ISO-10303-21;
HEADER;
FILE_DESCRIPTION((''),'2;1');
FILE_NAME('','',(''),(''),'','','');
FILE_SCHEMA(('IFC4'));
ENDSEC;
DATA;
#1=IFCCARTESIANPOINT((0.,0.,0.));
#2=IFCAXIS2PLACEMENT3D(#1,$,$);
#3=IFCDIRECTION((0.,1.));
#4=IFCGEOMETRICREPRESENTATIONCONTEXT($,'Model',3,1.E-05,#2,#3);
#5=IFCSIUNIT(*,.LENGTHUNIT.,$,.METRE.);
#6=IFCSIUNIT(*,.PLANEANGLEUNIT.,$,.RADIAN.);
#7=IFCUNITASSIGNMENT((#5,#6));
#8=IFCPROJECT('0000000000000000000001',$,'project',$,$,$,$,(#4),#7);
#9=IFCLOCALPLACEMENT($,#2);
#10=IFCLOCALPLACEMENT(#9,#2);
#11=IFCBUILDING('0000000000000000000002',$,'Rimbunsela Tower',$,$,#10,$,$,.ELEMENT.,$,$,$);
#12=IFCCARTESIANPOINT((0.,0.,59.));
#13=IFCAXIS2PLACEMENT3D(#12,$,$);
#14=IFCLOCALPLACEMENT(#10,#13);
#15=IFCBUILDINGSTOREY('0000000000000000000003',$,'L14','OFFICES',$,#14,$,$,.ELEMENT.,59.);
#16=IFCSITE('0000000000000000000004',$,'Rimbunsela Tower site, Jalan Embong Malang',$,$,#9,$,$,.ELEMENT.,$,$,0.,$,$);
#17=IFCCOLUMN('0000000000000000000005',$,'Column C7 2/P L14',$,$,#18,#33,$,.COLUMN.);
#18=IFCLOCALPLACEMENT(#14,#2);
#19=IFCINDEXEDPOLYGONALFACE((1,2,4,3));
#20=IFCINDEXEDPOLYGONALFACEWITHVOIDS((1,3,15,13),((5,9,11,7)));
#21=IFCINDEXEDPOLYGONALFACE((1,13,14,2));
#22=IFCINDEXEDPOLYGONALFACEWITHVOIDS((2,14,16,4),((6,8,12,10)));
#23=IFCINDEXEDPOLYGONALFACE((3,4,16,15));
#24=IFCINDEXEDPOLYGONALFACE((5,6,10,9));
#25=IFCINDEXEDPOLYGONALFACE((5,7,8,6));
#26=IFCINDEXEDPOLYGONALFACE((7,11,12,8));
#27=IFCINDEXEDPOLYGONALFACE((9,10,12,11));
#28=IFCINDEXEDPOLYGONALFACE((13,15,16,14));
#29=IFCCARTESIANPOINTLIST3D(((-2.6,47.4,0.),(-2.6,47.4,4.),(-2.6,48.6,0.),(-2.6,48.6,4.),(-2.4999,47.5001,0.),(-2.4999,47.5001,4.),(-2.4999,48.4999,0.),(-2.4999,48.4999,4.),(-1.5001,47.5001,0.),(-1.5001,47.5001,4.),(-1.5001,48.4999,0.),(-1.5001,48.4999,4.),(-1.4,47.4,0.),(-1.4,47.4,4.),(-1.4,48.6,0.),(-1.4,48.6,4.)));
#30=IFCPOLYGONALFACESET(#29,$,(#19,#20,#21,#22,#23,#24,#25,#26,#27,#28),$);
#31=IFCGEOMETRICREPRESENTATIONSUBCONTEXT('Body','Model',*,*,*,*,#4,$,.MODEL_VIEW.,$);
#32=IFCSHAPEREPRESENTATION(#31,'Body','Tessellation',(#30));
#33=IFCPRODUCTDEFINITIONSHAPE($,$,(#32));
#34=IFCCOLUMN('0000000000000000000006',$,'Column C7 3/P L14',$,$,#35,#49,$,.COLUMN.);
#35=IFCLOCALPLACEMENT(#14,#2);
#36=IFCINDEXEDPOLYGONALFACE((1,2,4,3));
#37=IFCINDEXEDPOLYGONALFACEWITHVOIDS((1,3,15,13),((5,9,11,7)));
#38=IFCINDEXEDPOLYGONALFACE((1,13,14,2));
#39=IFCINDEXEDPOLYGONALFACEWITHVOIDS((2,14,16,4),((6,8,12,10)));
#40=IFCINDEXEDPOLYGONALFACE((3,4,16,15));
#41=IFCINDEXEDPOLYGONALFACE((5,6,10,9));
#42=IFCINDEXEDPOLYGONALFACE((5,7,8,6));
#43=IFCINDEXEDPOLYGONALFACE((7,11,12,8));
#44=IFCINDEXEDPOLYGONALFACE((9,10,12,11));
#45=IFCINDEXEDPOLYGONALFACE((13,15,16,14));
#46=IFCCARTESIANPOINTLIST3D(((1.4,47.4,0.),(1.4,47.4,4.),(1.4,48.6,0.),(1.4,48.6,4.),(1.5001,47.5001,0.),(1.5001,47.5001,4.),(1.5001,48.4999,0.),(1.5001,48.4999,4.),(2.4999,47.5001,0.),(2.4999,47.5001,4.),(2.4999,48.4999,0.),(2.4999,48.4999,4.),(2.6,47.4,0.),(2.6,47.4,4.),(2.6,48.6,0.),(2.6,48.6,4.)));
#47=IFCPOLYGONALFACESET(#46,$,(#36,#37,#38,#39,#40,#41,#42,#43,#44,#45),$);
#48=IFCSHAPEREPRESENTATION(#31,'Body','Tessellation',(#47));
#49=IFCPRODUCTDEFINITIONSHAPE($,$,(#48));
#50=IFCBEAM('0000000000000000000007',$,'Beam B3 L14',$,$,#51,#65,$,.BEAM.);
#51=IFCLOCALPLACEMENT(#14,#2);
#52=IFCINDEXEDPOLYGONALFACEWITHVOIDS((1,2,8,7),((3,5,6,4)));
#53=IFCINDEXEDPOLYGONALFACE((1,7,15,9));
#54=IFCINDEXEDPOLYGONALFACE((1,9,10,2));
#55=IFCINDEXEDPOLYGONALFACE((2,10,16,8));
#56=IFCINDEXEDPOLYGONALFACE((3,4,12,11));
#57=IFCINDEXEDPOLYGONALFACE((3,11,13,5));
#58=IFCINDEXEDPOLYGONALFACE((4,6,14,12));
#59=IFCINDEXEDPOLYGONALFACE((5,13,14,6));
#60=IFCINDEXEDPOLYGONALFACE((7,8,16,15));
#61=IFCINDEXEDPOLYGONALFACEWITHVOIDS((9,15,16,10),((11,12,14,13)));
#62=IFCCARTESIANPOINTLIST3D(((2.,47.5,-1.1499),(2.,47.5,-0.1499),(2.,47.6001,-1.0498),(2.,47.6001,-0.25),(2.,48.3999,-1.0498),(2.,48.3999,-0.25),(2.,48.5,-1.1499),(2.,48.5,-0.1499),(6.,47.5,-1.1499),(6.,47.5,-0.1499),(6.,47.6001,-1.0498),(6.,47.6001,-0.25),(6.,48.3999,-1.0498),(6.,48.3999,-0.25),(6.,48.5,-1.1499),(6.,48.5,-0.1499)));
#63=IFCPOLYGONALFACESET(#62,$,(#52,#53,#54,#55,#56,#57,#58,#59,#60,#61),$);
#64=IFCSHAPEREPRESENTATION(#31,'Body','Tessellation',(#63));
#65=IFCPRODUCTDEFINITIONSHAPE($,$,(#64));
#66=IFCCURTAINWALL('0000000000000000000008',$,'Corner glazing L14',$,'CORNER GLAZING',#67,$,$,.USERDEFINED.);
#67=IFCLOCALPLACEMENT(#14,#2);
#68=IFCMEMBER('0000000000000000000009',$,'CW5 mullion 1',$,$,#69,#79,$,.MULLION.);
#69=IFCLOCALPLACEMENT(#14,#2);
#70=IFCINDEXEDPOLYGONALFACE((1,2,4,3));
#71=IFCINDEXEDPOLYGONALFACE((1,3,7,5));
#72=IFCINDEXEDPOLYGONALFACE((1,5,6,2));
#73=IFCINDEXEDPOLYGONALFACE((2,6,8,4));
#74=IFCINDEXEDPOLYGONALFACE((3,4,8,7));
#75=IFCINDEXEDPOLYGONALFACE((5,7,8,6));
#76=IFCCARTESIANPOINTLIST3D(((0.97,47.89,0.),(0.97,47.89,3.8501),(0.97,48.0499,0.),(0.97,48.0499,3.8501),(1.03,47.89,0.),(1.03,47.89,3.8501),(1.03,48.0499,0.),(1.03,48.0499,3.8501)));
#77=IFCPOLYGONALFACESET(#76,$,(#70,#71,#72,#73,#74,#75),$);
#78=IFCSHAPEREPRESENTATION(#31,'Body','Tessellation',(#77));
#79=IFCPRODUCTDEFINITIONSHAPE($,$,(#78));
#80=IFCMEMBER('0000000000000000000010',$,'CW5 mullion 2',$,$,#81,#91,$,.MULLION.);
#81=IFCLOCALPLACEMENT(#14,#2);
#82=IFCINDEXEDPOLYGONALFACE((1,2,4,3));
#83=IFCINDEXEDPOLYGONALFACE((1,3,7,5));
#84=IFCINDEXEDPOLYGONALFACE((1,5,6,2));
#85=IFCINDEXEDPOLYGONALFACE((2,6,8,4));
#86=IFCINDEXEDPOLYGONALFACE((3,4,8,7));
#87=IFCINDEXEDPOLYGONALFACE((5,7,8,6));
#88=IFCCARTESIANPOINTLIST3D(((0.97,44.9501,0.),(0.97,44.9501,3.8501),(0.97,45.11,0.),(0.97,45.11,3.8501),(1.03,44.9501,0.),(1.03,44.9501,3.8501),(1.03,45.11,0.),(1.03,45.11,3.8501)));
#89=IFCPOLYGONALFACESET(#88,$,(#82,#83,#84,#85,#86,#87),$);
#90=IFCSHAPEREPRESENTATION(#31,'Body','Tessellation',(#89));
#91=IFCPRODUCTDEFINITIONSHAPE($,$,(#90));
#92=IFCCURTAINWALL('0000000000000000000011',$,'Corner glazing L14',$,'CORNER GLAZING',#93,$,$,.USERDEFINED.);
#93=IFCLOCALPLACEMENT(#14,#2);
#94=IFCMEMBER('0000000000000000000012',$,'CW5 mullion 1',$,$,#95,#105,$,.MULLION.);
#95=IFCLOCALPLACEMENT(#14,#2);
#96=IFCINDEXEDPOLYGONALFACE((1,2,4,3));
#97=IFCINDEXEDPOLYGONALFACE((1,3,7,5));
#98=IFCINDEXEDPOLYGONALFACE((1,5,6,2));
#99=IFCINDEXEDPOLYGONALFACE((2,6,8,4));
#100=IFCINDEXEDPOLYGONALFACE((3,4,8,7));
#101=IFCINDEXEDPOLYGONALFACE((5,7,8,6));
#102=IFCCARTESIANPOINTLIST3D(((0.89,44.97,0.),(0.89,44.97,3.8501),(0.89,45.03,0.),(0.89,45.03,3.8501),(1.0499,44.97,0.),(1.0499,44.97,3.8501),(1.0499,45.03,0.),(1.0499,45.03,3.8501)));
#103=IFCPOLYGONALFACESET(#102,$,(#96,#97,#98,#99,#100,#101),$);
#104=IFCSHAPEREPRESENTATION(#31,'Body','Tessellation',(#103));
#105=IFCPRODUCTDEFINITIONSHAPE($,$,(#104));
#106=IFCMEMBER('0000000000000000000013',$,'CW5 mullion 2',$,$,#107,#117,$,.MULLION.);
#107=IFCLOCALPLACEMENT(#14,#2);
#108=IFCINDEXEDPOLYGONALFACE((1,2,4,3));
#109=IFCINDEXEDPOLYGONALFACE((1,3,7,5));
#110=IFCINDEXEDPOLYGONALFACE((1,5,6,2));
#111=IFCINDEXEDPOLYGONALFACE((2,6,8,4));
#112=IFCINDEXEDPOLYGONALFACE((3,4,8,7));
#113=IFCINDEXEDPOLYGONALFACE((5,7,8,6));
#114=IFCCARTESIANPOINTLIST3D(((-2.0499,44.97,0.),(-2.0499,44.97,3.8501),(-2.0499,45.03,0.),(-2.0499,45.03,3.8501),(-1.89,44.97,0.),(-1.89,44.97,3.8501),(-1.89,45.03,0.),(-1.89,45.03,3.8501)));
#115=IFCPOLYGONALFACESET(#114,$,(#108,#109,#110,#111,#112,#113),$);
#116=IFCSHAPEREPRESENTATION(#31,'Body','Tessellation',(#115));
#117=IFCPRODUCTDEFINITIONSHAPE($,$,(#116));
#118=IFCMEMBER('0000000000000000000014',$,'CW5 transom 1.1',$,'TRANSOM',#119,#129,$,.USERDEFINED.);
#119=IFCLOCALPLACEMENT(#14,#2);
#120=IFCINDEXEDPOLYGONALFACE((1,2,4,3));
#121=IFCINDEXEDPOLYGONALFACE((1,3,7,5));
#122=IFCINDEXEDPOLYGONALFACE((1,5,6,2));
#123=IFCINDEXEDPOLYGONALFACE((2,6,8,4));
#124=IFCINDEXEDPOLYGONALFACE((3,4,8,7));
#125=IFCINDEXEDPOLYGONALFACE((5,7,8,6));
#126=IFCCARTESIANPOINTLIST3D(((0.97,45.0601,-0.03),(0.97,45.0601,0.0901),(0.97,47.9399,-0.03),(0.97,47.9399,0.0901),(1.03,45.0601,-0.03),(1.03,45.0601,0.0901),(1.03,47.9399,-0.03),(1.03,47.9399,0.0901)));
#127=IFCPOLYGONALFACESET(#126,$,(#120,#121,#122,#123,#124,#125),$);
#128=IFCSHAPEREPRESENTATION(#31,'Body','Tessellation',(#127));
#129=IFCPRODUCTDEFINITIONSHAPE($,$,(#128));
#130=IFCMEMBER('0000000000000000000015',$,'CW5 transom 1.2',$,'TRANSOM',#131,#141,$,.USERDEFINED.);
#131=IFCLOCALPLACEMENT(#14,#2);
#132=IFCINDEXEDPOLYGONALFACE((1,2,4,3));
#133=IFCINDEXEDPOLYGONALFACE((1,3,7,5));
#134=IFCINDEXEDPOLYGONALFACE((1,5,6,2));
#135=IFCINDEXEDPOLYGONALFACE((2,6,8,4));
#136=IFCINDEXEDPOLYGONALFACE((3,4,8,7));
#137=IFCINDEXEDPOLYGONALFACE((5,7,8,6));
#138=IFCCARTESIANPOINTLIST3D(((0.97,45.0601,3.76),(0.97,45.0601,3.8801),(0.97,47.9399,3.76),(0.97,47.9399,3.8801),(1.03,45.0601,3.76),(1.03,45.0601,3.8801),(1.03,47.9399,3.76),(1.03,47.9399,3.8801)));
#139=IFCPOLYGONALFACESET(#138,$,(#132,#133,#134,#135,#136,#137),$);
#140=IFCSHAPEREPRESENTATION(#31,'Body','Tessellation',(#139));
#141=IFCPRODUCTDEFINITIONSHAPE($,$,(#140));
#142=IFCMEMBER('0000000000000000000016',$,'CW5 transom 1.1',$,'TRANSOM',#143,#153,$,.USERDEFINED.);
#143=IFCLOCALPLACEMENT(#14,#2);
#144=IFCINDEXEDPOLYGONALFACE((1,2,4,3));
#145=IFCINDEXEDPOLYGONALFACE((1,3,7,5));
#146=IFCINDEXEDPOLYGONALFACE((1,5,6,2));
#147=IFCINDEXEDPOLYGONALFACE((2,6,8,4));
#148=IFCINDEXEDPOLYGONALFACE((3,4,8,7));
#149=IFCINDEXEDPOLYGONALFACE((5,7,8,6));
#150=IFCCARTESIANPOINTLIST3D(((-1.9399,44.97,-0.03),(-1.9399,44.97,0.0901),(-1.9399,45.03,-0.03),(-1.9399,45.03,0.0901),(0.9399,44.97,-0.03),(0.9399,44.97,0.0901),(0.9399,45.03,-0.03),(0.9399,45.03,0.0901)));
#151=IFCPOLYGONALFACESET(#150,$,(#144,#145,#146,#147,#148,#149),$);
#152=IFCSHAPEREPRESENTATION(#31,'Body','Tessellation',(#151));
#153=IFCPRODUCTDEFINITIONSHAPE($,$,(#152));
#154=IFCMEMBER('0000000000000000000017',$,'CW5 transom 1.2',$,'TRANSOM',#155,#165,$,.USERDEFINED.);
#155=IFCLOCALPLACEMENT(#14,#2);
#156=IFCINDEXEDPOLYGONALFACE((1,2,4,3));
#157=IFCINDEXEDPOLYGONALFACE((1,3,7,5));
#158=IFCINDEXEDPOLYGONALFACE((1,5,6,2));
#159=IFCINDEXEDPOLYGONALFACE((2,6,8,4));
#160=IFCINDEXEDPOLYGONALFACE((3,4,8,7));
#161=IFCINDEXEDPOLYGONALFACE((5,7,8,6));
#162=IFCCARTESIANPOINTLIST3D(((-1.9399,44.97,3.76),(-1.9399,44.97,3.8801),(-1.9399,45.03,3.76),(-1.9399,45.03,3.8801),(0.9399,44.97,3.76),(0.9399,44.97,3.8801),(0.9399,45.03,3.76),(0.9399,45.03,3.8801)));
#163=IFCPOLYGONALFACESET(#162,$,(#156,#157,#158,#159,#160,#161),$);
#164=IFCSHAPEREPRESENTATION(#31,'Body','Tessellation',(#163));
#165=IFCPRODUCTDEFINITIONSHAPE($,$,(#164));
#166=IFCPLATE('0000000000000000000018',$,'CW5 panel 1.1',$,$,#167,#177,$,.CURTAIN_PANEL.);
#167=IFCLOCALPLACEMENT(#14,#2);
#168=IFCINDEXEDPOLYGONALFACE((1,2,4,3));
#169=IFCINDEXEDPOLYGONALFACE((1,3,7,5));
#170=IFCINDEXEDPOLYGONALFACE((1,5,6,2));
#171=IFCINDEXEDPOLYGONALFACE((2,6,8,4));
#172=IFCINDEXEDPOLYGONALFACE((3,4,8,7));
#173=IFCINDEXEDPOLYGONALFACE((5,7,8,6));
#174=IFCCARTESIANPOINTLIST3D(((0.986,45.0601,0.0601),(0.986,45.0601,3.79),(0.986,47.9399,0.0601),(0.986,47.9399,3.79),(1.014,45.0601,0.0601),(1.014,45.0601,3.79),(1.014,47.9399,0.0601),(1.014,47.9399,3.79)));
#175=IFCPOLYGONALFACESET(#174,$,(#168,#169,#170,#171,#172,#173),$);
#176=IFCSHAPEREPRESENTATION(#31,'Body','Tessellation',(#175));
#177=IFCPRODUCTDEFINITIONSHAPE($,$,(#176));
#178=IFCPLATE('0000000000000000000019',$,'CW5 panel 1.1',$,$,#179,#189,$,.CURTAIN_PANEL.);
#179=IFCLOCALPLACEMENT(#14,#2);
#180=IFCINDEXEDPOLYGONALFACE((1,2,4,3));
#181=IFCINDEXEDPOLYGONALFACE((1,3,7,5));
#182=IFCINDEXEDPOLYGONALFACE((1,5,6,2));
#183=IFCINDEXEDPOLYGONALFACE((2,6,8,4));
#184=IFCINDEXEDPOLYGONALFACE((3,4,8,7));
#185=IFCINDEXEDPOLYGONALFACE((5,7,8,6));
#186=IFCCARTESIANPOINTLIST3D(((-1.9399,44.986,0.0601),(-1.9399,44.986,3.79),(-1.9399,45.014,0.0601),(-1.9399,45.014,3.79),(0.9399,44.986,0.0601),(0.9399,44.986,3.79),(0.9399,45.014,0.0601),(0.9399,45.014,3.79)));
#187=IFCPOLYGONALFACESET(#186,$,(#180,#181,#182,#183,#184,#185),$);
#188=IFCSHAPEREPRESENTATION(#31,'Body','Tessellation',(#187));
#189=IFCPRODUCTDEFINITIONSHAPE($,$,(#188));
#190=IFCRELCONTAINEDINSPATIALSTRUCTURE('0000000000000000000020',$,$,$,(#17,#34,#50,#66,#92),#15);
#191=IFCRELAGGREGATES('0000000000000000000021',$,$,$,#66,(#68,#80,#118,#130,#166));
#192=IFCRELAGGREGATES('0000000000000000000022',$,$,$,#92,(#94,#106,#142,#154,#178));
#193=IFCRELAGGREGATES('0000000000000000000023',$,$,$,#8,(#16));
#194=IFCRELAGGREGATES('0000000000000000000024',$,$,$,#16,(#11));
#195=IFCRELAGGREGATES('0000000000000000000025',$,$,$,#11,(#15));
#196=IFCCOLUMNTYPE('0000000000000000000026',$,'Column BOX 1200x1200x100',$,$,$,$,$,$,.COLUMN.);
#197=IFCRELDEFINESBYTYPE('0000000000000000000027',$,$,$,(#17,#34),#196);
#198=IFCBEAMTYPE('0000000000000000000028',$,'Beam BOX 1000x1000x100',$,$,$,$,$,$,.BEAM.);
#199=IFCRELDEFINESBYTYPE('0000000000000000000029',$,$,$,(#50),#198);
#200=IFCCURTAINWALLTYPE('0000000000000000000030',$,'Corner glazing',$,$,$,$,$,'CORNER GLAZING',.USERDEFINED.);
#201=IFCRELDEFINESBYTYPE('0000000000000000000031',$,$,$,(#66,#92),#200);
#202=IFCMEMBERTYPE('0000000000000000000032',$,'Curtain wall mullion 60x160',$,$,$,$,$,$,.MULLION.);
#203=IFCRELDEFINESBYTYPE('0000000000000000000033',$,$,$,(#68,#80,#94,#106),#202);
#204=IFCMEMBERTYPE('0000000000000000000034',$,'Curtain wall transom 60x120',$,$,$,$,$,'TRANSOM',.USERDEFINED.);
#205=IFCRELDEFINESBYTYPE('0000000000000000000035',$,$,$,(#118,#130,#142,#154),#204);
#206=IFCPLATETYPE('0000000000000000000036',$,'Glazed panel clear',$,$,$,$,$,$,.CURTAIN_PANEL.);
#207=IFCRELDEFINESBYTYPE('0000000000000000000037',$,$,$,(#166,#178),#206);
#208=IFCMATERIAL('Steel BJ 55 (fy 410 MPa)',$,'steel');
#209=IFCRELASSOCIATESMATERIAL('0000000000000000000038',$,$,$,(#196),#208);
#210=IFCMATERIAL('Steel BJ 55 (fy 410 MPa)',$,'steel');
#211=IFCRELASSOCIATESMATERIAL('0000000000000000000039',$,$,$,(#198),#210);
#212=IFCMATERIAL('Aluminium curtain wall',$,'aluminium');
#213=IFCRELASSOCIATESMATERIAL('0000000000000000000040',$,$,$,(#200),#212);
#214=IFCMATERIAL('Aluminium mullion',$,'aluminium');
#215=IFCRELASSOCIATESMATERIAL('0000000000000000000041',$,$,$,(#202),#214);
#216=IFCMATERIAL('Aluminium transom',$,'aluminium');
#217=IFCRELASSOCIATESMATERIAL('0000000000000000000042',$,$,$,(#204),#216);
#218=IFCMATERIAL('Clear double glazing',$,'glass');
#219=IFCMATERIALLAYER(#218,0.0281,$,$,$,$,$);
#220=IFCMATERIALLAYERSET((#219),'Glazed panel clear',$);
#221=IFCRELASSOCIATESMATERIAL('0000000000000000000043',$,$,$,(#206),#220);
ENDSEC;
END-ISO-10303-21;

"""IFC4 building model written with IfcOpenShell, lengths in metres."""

from ifc_helpers import new_model, si_unit, direction, frame, origin, origin_2d, place, context, subcontext, project, spatial, rectangle, hollow_rectangle, extrude, material, layer, layer_set, material_profile, profile_set, type_object, element, aggregate, save


model = new_model("IFC4")

# Units and contexts
model_context = context("Model", 3, precision=1e-05, world=origin(), true_north=direction((0.0, 1.0)))
body_context = subcontext(model_context, "Body", "Model", "MODEL_VIEW")
ifc_project = project(units=[si_unit("LENGTHUNIT", "METRE"), si_unit("PLANEANGLEUNIT", "RADIAN")], contexts=[model_context])

# Site, building, storey
site_placement = place(None, origin())
site = spatial("IfcSite", under=ifc_project, at=site_placement, Name="Rimbunsela Tower site, Jalan Embong Malang", CompositionType="ELEMENT", RefElevation=0.0)
building_placement = place(site_placement, origin())
building = spatial("IfcBuilding", under=site, at=building_placement, Name="Rimbunsela Tower", CompositionType="ELEMENT")
storey_placement = place(building_placement, frame((0.0, 0.0, 59.0)))
storey = spatial("IfcBuildingStorey", under=building, at=storey_placement, Name="L14", Description="OFFICES", CompositionType="ELEMENT", Elevation=59.0)

# Columns
ifc_material_1 = material(Name="Steel BJ 55 (fy 410 MPa)", Category="steel")
ifc_material_profile_1 = material_profile(ifc_material_1, hollow_rectangle(XDim=1.2, YDim=1.2, WallThickness=0.1001, at=origin_2d()), Name="BOX 1200x1200x100")
ifc_profile_set_1 = profile_set([ifc_material_profile_1], Name="Steel BJ 55 (fy 410 MPa)")
column_type = type_object("IfcColumnType", Name="Column BOX 1200x1200x100", PredefinedType="COLUMN", material=ifc_profile_set_1)
for number, where, z_axis, x_axis, name in (
    (1, (-2.0, 48.0, 0.0), (0.0, 0.0, 1.0), (1.0, 0.0, 0.0), "Column C7 2/P L14"),
    (2, (2.0, 48.0, 0.0), (0.0, 0.0, 1.0), (1.0, 0.0, 0.0), "Column C7 3/P L14"),
):
    element("IfcColumn", number, at=place(storey_placement, frame(where, z_axis=z_axis, x_axis=x_axis)), inside=storey, type_object=column_type, Name=name, PredefinedType="COLUMN", context=body_context, shape_type="SweptSolid", body=[
        extrude(hollow_rectangle(XDim=1.2, YDim=1.2, WallThickness=0.1001, at=origin_2d()), origin(), (0.0, 0.0, 1.0), 4.0),
    ])

# Beam
ifc_material_2 = material(Name="Steel BJ 55 (fy 410 MPa)", Category="steel")
ifc_material_profile_2 = material_profile(ifc_material_2, hollow_rectangle(XDim=1.0, YDim=1.0, WallThickness=0.1001, at=origin_2d()), Name="BOX 1000x1000x100")
ifc_profile_set_2 = profile_set([ifc_material_profile_2], Name="Steel BJ 55 (fy 410 MPa)")
beam_type = type_object("IfcBeamType", Name="Beam BOX 1000x1000x100", PredefinedType="BEAM", material=ifc_profile_set_2)
beam_placement = place(storey_placement, frame((2.0, 48.0, -0.6499), z_axis=(1.0, 0.0, 0.0), x_axis=(0.0, 1.0, 0.0)))
element("IfcBeam", 3, at=beam_placement, inside=storey, type_object=beam_type, Name="Beam B3 L14", PredefinedType="BEAM", context=body_context, shape_type="SweptSolid", body=[
    extrude(hollow_rectangle(XDim=1.0, YDim=1.0, WallThickness=0.1001, at=origin_2d()), origin(), (0.0, 0.0, 1.0), 4.0),
])

# Curtain walls, members
ifc_material_3 = material(Name="Aluminium curtain wall", Category="aluminium")
curtain_wall_type = type_object("IfcCurtainWallType", Name="Corner glazing", ElementType="CORNER GLAZING", PredefinedType="USERDEFINED", material=ifc_material_3)
curtain_wall_1_placement = place(storey_placement, origin())
curtain_wall_1 = element("IfcCurtainWall", 4, at=curtain_wall_1_placement, inside=storey, type_object=curtain_wall_type, Name="Corner glazing L14", ObjectType="CORNER GLAZING", PredefinedType="USERDEFINED")
ifc_material_4 = material(Name="Aluminium mullion", Category="aluminium")
ifc_material_profile_3 = material_profile(ifc_material_4, rectangle(XDim=0.0601, YDim=0.1599, at=origin_2d()), Name="Mullion 60x160")
ifc_profile_set_3 = profile_set([ifc_material_profile_3], Name="Aluminium mullion")
member_type_1 = type_object("IfcMemberType", Name="Curtain wall mullion 60x160", PredefinedType="MULLION", material=ifc_profile_set_3)
member_1_placement = place(storey_placement, frame((1.0, 47.97, 0.0), z_axis=(0.0, 0.0, 1.0), x_axis=(1.0, 0.0, 0.0)))
member_1 = element("IfcMember", 5, at=member_1_placement, type_object=member_type_1, Name="CW5 mullion 1", PredefinedType="MULLION", context=body_context, shape_type="SweptSolid", body=[
    extrude(rectangle(XDim=0.0601, YDim=0.1599, at=origin_2d()), origin(), (0.0, 0.0, 1.0), 3.8501),
])
member_2_placement = place(storey_placement, frame((1.0, 45.03, 0.0), z_axis=(0.0, 0.0, 1.0), x_axis=(1.0, 0.0, 0.0)))
member_2 = element("IfcMember", 6, at=member_2_placement, type_object=member_type_1, Name="CW5 mullion 2", PredefinedType="MULLION", context=body_context, shape_type="SweptSolid", body=[
    extrude(rectangle(XDim=0.0601, YDim=0.1599, at=origin_2d()), origin(), (0.0, 0.0, 1.0), 3.8501),
])
curtain_wall_2_placement = place(storey_placement, origin())
curtain_wall_2 = element("IfcCurtainWall", 7, at=curtain_wall_2_placement, inside=storey, type_object=curtain_wall_type, Name="Corner glazing L14", ObjectType="CORNER GLAZING", PredefinedType="USERDEFINED")
member_3_placement = place(storey_placement, frame((0.97, 45.0, 0.0), z_axis=(0.0, 0.0, 1.0), x_axis=(0.0, -1.0, 0.0)))
member_3 = element("IfcMember", 8, at=member_3_placement, type_object=member_type_1, Name="CW5 mullion 1", PredefinedType="MULLION", context=body_context, shape_type="SweptSolid", body=[
    extrude(rectangle(XDim=0.0601, YDim=0.1599, at=origin_2d()), origin(), (0.0, 0.0, 1.0), 3.8501),
])
member_4_placement = place(storey_placement, frame((-1.97, 45.0, 0.0), z_axis=(0.0, 0.0, 1.0), x_axis=(0.0, -1.0, 0.0)))
member_4 = element("IfcMember", 9, at=member_4_placement, type_object=member_type_1, Name="CW5 mullion 2", PredefinedType="MULLION", context=body_context, shape_type="SweptSolid", body=[
    extrude(rectangle(XDim=0.0601, YDim=0.1599, at=origin_2d()), origin(), (0.0, 0.0, 1.0), 3.8501),
])

# Members
ifc_material_5 = material(Name="Aluminium transom", Category="aluminium")
ifc_material_profile_4 = material_profile(ifc_material_5, rectangle(XDim=0.0601, YDim=0.1201, at=origin_2d()), Name="Transom 60x120")
ifc_profile_set_4 = profile_set([ifc_material_profile_4], Name="Aluminium transom")
member_type_2 = type_object("IfcMemberType", Name="Curtain wall transom 60x120", ElementType="TRANSOM", PredefinedType="USERDEFINED", material=ifc_profile_set_4)
member_5_placement = place(storey_placement, frame((1.0, 47.9399, 0.03), z_axis=(0.0, -1.0, 0.0), x_axis=(1.0, 0.0, 0.0)))
member_5 = element("IfcMember", 10, at=member_5_placement, type_object=member_type_2, Name="CW5 transom 1.1", ObjectType="TRANSOM", PredefinedType="USERDEFINED", context=body_context, shape_type="SweptSolid", body=[
    extrude(rectangle(XDim=0.0601, YDim=0.1201, at=origin_2d()), origin(), (0.0, 0.0, 1.0), 2.8799),
])
member_6_placement = place(storey_placement, frame((1.0, 47.9399, 3.8201), z_axis=(0.0, -1.0, 0.0), x_axis=(1.0, 0.0, 0.0)))
member_6 = element("IfcMember", 11, at=member_6_placement, type_object=member_type_2, Name="CW5 transom 1.2", ObjectType="TRANSOM", PredefinedType="USERDEFINED", context=body_context, shape_type="SweptSolid", body=[
    extrude(rectangle(XDim=0.0601, YDim=0.1201, at=origin_2d()), origin(), (0.0, 0.0, 1.0), 2.8799),
])
member_7_placement = place(storey_placement, frame((0.9399, 45.0, 0.03), z_axis=(-1.0, 0.0, 0.0), x_axis=(0.0, -1.0, 0.0)))
member_7 = element("IfcMember", 12, at=member_7_placement, type_object=member_type_2, Name="CW5 transom 1.1", ObjectType="TRANSOM", PredefinedType="USERDEFINED", context=body_context, shape_type="SweptSolid", body=[
    extrude(rectangle(XDim=0.0601, YDim=0.1201, at=origin_2d()), origin(), (0.0, 0.0, 1.0), 2.8799),
])
member_8_placement = place(storey_placement, frame((0.9399, 45.0, 3.8201), z_axis=(-1.0, 0.0, 0.0), x_axis=(0.0, -1.0, 0.0)))
member_8 = element("IfcMember", 13, at=member_8_placement, type_object=member_type_2, Name="CW5 transom 1.2", ObjectType="TRANSOM", PredefinedType="USERDEFINED", context=body_context, shape_type="SweptSolid", body=[
    extrude(rectangle(XDim=0.0601, YDim=0.1201, at=origin_2d()), origin(), (0.0, 0.0, 1.0), 2.8799),
])

# Plates
ifc_material_6 = material(Name="Clear double glazing", Category="glass")
ifc_layer_1 = layer(ifc_material_6, 0.0281)
ifc_layer_set_1 = layer_set([ifc_layer_1], Name="Glazed panel clear")
plate_type = type_object("IfcPlateType", Name="Glazed panel clear", PredefinedType="CURTAIN_PANEL", material=ifc_layer_set_1)
plate_1_placement = place(storey_placement, frame((1.0, 46.5, 0.0601), z_axis=(0.0, 0.0, 1.0), x_axis=(0.0, -1.0, 0.0)))
plate_1 = element("IfcPlate", 14, at=plate_1_placement, type_object=plate_type, Name="CW5 panel 1.1", PredefinedType="CURTAIN_PANEL", context=body_context, shape_type="SweptSolid", body=[
    extrude(rectangle(XDim=2.8799, YDim=0.0281, at=origin_2d()), origin(), (0.0, 0.0, 1.0), 3.73),
])
aggregate(curtain_wall_1, [member_1, member_2, member_5, member_6, plate_1])
plate_2_placement = place(storey_placement, frame((-0.5, 45.0, 0.0601), z_axis=(0.0, 0.0, 1.0), x_axis=(-1.0, 0.0, 0.0)))
plate_2 = element("IfcPlate", 15, at=plate_2_placement, type_object=plate_type, Name="CW5 panel 1.1", PredefinedType="CURTAIN_PANEL", context=body_context, shape_type="SweptSolid", body=[
    extrude(rectangle(XDim=2.8799, YDim=0.0281, at=origin_2d()), origin(), (0.0, 0.0, 1.0), 3.73),
])
aggregate(curtain_wall_2, [member_3, member_4, member_7, member_8, plate_2])

save(model, "model.ifc")
